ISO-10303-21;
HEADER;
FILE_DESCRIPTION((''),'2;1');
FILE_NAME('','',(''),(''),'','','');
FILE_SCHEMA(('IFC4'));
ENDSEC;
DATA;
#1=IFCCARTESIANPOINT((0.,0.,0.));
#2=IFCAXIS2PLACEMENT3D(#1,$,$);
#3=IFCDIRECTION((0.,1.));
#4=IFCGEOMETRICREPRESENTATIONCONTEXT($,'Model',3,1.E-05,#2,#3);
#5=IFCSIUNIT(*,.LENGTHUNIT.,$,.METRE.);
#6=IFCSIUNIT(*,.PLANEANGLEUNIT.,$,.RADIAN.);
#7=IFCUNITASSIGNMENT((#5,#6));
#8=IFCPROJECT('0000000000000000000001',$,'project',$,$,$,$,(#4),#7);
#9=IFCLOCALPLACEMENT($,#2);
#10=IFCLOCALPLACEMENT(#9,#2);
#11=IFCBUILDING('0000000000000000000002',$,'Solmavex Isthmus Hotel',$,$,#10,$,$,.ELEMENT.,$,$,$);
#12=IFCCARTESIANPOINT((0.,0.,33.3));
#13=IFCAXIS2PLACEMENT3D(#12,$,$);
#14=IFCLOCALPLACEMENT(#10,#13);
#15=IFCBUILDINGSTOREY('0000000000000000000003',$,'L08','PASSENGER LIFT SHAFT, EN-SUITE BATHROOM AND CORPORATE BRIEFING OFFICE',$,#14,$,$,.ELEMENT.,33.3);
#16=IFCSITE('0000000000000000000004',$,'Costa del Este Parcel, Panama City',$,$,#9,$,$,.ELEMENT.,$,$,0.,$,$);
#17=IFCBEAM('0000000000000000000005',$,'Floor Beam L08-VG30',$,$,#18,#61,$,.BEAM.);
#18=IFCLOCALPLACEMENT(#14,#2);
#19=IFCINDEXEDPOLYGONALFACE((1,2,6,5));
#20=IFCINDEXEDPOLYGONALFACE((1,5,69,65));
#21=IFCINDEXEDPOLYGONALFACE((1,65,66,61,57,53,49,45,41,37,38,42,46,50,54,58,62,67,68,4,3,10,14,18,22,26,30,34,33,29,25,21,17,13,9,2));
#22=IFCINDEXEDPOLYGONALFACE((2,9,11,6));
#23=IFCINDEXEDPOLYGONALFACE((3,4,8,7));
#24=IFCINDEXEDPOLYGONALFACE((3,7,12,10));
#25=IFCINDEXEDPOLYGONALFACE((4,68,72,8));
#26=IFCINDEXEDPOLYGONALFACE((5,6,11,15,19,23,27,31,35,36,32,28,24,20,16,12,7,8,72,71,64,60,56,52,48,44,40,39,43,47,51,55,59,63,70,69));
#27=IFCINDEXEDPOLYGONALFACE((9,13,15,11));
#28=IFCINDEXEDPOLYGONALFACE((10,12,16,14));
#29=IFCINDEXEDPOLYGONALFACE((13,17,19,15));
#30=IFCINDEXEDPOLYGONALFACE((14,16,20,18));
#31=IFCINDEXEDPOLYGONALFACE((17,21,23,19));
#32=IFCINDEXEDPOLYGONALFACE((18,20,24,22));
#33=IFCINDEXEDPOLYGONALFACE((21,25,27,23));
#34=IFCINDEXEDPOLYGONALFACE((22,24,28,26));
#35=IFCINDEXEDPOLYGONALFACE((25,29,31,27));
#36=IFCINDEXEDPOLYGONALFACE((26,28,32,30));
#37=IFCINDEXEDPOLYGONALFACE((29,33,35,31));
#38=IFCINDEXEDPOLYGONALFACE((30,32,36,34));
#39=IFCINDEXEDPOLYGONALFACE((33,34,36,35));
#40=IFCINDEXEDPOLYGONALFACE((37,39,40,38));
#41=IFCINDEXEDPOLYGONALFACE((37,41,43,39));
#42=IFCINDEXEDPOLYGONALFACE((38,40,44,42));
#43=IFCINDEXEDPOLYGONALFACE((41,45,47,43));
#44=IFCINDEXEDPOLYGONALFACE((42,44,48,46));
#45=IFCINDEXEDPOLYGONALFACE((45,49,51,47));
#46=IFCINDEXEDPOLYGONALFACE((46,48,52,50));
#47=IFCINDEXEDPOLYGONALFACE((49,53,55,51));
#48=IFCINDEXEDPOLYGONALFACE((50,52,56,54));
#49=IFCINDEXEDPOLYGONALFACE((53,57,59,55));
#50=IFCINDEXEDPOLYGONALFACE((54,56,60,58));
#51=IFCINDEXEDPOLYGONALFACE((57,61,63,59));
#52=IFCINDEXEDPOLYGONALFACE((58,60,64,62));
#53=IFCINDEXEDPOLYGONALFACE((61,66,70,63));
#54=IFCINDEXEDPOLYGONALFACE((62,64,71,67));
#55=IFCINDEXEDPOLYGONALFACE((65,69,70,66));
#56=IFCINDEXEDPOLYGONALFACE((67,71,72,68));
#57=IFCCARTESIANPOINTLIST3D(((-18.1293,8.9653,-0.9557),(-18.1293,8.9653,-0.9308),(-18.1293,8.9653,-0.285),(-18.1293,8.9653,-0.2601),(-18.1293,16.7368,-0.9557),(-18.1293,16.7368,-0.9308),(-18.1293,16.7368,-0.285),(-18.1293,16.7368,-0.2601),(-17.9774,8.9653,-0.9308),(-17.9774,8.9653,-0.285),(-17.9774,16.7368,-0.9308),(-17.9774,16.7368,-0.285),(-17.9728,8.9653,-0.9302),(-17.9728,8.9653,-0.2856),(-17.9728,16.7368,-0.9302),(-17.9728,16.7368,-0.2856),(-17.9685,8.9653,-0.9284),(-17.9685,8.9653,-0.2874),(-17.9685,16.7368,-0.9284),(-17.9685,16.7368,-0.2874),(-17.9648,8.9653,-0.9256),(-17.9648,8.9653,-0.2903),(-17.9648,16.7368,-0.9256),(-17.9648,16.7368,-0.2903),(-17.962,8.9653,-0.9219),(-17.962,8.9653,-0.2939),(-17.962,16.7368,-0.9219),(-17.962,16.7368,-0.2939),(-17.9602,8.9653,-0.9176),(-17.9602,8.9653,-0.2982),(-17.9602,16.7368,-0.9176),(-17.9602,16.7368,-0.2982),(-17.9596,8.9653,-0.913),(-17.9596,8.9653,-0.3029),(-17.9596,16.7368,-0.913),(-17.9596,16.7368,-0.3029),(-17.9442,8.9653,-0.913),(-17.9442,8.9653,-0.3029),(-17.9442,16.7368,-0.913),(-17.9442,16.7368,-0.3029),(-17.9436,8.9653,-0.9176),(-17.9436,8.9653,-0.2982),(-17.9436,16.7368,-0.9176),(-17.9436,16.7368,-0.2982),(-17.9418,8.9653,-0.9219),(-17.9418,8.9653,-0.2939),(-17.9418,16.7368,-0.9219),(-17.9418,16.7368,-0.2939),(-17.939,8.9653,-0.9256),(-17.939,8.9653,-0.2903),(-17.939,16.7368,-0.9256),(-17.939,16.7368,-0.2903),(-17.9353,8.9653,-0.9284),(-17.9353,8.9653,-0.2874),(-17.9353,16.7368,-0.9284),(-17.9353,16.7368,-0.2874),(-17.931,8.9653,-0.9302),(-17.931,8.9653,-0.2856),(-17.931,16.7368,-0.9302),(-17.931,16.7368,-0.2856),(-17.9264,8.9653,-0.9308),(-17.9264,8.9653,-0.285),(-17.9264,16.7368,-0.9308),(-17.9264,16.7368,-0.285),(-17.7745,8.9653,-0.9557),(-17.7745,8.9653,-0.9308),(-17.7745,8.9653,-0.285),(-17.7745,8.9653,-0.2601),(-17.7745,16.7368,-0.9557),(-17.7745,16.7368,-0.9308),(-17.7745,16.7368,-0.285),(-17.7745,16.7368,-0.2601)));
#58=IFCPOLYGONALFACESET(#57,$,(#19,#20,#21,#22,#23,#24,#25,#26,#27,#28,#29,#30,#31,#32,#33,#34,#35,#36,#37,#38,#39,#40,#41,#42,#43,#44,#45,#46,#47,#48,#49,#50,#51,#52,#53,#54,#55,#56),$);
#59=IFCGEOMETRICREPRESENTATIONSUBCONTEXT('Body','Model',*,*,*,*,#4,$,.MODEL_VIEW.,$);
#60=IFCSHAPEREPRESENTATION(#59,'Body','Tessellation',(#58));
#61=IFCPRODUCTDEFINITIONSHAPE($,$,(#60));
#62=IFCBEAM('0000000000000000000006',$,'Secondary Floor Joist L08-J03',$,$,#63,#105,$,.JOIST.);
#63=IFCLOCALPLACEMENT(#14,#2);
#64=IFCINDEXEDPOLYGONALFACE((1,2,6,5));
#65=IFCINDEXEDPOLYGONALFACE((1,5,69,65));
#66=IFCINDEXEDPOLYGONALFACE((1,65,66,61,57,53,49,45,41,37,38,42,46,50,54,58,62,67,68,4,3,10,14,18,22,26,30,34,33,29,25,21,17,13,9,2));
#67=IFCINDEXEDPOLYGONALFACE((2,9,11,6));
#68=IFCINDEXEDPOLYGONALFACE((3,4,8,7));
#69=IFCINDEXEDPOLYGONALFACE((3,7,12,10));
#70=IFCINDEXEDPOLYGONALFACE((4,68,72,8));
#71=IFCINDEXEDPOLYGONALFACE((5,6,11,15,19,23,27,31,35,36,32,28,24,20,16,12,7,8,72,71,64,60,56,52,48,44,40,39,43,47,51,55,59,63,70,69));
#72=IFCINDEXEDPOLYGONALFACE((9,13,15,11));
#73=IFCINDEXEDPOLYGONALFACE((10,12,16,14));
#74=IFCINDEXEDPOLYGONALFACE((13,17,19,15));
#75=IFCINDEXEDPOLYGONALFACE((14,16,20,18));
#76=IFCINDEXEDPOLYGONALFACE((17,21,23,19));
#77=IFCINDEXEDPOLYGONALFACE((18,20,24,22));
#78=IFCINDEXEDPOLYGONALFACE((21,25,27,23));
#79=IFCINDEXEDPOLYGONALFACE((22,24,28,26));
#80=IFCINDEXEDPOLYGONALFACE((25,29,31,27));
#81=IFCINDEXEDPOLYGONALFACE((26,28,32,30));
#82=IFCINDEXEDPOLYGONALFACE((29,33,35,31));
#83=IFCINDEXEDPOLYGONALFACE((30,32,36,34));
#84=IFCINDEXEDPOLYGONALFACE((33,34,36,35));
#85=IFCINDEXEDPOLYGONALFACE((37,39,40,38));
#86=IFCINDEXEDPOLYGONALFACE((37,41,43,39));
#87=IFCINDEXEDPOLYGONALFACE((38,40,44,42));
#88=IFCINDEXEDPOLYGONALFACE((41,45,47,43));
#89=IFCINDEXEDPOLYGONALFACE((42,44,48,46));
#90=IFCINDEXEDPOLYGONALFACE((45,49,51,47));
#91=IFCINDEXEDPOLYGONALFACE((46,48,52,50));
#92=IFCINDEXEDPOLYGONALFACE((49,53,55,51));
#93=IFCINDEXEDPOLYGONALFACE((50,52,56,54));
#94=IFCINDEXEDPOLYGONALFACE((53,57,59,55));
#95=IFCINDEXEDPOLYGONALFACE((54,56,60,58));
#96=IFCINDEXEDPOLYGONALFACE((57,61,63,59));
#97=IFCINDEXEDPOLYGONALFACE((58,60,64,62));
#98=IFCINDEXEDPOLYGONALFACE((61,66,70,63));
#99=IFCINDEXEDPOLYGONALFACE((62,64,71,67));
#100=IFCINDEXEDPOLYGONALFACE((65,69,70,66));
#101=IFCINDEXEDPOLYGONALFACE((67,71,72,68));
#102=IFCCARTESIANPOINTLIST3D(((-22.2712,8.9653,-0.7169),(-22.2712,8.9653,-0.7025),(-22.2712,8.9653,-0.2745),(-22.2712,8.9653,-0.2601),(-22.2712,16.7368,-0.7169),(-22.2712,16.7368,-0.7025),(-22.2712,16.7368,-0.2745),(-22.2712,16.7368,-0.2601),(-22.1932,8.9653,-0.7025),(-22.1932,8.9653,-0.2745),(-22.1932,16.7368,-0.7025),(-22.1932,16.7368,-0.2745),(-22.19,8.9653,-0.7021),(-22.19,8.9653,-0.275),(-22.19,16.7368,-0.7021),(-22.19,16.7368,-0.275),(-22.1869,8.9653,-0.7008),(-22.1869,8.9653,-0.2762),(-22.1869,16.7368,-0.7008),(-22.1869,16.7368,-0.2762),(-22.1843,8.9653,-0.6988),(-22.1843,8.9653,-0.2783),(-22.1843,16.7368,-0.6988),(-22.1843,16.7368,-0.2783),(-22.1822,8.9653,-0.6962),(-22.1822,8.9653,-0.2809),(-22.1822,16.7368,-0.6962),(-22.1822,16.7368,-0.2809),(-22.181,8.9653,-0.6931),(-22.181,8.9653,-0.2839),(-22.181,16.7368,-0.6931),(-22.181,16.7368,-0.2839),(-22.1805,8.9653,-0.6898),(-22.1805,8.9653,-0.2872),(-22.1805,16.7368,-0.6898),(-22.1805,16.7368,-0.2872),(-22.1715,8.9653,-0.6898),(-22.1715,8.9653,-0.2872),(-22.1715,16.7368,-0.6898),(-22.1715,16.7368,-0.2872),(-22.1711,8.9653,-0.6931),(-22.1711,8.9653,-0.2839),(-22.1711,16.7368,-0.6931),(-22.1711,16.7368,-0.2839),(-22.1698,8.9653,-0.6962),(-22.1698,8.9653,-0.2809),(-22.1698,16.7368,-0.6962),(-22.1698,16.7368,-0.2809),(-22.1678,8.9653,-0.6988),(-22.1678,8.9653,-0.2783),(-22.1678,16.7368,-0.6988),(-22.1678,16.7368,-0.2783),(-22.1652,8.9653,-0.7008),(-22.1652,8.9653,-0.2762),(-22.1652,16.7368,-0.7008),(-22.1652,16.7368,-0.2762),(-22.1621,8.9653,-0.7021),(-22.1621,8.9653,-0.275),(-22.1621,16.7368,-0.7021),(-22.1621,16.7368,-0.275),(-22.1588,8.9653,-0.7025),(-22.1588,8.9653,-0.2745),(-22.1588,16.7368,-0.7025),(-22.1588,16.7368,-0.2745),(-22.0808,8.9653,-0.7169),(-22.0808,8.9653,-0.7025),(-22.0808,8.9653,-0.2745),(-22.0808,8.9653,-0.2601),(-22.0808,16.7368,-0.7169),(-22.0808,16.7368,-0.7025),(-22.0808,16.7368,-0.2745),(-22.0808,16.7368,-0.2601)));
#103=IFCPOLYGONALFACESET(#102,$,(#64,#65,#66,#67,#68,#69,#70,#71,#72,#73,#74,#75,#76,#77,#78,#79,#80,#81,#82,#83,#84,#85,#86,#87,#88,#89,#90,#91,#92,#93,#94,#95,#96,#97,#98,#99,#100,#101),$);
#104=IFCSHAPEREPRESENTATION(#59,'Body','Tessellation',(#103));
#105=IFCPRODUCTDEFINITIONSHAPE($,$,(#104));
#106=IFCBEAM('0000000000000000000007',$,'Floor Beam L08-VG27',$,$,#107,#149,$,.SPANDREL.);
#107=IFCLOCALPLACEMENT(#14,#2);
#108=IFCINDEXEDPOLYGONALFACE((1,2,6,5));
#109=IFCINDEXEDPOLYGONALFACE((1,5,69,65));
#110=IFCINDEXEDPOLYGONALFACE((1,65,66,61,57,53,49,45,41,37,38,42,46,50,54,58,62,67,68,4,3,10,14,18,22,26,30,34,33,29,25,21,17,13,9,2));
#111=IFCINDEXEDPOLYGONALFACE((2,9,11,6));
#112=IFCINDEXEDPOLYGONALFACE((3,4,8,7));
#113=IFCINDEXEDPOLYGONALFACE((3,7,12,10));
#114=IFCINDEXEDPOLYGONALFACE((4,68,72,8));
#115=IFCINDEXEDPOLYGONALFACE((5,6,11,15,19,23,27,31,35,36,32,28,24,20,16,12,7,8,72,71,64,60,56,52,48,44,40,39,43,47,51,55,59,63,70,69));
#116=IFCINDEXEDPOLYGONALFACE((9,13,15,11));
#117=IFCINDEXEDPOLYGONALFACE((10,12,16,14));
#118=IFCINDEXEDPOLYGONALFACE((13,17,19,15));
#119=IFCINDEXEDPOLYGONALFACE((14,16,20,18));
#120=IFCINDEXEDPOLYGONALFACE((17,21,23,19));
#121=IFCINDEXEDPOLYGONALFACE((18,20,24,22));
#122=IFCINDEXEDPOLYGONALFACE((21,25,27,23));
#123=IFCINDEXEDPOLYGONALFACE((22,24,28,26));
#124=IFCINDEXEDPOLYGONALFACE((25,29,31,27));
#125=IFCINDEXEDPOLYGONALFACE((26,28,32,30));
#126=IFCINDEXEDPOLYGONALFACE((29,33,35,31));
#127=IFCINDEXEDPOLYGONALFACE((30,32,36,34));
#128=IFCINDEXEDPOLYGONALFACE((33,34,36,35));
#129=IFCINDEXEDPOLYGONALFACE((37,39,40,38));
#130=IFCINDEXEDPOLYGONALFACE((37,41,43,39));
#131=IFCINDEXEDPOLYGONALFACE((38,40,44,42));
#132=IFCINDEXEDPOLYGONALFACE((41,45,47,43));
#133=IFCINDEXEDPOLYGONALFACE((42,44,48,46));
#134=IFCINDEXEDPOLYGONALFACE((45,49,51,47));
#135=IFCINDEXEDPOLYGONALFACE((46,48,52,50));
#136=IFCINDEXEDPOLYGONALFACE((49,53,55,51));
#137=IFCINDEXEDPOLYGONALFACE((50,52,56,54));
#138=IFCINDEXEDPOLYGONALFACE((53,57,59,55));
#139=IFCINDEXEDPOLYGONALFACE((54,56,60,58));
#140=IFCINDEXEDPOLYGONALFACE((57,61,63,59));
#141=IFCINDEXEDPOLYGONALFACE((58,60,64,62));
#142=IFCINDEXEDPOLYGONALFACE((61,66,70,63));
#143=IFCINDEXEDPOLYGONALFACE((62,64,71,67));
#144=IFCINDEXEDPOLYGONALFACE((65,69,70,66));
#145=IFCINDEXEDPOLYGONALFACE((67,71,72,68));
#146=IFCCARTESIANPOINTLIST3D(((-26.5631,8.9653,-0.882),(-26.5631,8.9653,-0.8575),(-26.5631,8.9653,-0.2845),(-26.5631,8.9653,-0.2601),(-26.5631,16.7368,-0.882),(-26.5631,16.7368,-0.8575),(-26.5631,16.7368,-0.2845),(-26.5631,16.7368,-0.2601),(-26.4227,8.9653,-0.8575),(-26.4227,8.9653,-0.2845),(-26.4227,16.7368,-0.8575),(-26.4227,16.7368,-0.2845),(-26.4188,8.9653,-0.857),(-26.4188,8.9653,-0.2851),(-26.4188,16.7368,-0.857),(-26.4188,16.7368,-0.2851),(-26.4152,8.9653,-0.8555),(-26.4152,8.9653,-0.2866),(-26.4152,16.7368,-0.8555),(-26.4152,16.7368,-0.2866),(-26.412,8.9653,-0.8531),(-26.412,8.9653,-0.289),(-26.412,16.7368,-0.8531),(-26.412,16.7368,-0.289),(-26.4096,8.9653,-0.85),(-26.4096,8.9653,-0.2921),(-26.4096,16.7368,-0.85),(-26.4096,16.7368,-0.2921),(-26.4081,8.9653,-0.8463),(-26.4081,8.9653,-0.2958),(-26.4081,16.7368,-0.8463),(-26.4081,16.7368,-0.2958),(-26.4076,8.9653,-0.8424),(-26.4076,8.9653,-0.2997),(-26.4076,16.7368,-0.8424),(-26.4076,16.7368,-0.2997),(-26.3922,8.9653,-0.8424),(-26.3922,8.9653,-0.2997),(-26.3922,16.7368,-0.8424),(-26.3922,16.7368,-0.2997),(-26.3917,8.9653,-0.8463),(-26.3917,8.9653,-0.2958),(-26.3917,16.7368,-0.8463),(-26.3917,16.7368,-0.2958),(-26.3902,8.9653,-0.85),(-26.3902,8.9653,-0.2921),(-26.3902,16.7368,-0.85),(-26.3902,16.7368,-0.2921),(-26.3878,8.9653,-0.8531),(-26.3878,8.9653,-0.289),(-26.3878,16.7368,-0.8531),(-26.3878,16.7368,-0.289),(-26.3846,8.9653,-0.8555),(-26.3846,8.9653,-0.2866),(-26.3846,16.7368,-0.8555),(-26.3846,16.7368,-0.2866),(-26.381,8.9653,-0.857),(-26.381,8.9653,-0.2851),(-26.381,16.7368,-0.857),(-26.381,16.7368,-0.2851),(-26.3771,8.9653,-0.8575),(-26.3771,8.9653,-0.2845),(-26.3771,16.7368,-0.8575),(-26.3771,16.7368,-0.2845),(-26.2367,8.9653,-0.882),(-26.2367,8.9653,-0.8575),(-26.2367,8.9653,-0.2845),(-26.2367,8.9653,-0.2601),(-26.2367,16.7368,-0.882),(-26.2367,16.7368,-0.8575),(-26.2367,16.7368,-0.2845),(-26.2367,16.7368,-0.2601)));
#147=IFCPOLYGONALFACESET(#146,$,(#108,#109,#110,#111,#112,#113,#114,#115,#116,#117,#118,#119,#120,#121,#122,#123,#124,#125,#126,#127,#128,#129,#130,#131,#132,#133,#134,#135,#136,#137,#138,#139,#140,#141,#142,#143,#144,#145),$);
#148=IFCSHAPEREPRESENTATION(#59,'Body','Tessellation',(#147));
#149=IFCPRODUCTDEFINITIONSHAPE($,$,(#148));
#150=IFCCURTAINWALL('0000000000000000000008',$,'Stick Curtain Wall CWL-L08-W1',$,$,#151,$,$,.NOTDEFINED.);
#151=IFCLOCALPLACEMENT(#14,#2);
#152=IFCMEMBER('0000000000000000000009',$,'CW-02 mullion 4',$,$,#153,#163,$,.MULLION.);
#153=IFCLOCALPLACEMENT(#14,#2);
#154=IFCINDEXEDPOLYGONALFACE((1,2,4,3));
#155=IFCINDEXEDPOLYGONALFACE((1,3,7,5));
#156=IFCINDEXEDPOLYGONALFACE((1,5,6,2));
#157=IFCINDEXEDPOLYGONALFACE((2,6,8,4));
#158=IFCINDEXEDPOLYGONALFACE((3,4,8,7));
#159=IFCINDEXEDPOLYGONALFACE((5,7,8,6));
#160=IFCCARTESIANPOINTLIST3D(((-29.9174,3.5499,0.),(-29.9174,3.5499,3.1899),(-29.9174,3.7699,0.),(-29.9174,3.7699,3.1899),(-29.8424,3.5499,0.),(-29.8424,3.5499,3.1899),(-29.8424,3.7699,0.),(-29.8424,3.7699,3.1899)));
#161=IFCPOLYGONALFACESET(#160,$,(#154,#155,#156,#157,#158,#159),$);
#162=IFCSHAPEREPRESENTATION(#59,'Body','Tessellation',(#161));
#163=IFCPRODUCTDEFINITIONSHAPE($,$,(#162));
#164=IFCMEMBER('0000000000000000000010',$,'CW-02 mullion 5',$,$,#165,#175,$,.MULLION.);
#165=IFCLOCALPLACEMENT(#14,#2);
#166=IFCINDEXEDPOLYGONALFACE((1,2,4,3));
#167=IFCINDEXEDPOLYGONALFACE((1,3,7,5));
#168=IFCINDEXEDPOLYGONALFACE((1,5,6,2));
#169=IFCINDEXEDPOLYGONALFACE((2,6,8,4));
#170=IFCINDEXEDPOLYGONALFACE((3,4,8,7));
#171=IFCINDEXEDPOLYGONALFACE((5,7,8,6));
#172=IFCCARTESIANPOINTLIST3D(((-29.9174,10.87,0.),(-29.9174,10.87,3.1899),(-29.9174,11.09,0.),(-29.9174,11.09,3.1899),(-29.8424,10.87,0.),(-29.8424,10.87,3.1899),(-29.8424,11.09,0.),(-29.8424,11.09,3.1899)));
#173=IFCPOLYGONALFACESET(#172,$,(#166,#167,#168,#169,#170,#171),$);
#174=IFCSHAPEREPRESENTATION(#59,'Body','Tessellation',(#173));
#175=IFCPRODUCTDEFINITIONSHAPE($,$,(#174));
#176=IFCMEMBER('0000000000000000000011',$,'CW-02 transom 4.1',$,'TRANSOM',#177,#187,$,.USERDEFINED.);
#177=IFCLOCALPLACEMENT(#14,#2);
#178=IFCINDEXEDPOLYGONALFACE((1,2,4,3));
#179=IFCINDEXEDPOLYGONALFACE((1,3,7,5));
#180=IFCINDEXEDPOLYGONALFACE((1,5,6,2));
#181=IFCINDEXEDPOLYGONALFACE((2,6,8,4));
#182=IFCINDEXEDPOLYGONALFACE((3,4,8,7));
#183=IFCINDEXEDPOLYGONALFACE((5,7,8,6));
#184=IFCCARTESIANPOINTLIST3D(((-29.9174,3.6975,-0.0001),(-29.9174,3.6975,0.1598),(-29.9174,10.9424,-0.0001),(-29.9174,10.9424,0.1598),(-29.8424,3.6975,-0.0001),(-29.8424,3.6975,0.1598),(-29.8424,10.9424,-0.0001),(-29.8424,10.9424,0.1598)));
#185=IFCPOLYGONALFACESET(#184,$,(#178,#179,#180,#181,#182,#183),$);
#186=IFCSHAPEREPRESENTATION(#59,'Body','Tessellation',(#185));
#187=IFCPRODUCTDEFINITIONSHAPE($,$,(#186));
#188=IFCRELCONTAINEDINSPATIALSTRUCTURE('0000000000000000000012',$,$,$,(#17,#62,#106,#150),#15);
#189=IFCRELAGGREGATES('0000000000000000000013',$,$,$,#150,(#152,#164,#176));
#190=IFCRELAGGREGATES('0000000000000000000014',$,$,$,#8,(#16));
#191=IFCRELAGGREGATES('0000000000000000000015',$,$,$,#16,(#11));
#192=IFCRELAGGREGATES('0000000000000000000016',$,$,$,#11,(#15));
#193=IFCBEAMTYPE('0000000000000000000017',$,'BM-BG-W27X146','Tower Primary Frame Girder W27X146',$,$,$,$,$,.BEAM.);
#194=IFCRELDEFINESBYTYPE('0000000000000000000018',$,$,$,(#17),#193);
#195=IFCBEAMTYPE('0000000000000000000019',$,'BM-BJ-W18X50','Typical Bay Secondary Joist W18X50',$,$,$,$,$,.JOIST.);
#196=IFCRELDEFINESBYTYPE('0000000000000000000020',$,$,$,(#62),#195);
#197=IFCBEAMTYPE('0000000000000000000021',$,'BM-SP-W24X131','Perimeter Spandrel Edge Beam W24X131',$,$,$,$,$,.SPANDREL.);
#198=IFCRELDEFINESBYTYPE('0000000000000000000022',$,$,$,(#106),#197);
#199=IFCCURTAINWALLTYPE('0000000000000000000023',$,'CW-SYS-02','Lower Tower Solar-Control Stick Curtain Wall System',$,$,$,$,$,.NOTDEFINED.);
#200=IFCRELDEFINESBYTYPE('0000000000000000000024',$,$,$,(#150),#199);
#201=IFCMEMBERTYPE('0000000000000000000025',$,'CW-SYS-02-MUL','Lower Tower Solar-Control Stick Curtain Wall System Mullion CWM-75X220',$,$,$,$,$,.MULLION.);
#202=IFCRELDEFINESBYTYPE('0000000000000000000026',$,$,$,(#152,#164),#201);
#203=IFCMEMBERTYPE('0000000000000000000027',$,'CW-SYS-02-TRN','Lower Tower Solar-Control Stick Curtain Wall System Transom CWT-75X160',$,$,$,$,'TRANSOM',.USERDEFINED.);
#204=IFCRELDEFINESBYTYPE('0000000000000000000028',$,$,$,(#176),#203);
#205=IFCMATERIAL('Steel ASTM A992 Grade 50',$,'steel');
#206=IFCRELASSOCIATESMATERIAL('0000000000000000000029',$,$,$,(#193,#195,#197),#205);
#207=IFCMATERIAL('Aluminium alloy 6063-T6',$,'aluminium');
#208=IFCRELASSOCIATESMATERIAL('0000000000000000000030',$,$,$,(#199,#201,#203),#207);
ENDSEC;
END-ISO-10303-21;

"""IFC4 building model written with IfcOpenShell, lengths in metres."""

from ifc_helpers import new_model, si_unit, direction, frame, origin, origin_2d, place, context, subcontext, project, spatial, rectangle, i_section, extrude, material, material_profile, profile_set, type_object, element, aggregate, save


model = new_model("IFC4")

# Units and contexts
model_context = context("Model", 3, precision=1e-05, world=origin(), true_north=direction((0.0, 1.0)))
body_context = subcontext(model_context, "Body", "Model", "MODEL_VIEW")
ifc_project = project(units=[si_unit("LENGTHUNIT", "METRE"), si_unit("PLANEANGLEUNIT", "RADIAN")], contexts=[model_context])

# Site, building, storey
site_placement = place(None, origin())
site = spatial("IfcSite", under=ifc_project, at=site_placement, Name="Costa del Este Parcel, Panama City", CompositionType="ELEMENT", RefElevation=0.0)
building_placement = place(site_placement, origin())
building = spatial("IfcBuilding", under=site, at=building_placement, Name="Solmavex Isthmus Hotel", CompositionType="ELEMENT")
storey_placement = place(building_placement, frame((0.0, 0.0, 33.3)))
storey = spatial("IfcBuildingStorey", under=building, at=storey_placement, Name="L08", Description="PASSENGER LIFT SHAFT, EN-SUITE BATHROOM AND CORPORATE BRIEFING OFFICE", CompositionType="ELEMENT", Elevation=33.3)

# Beams
ifc_material_1 = material(Name="Steel ASTM A992 Grade 50", Category="steel")
ifc_material_profile_1 = material_profile(ifc_material_1, i_section(OverallWidth=0.3547, OverallDepth=0.6956, WebThickness=0.0154, FlangeThickness=0.0249, FilletRadius=0.0178, at=origin_2d()), Name="W27X146")
ifc_profile_set_1 = profile_set([ifc_material_profile_1], Name="Steel ASTM A992 Grade 50")
beam_type_1 = type_object("IfcBeamType", Name="BM-BG-W27X146", Description="Tower Primary Frame Girder W27X146", PredefinedType="BEAM", material=ifc_profile_set_1)
beam_1_placement = place(storey_placement, frame((-17.9519, 8.9653, -0.6079), z_axis=(0.0, 1.0, 0.0), x_axis=(-1.0, 0.0, 0.0)))
element("IfcBeam", 1, at=beam_1_placement, inside=storey, type_object=beam_type_1, Name="Floor Beam L08-VG30", PredefinedType="BEAM", context=body_context, shape_type="SweptSolid", body=[
    extrude(i_section(OverallWidth=0.3547, OverallDepth=0.6956, WebThickness=0.0154, FlangeThickness=0.0249, FilletRadius=0.0178, at=origin_2d()), origin(), (0.0, 0.0, 1.0), 7.7715),
])
ifc_material_profile_2 = material_profile(ifc_material_1, i_section(OverallWidth=0.1904, OverallDepth=0.4568, WebThickness=0.009, FlangeThickness=0.0144, FilletRadius=0.0127, at=origin_2d()), Name="W18X50")
ifc_profile_set_2 = profile_set([ifc_material_profile_2], Name="Steel ASTM A992 Grade 50")
beam_type_2 = type_object("IfcBeamType", Name="BM-BJ-W18X50", Description="Typical Bay Secondary Joist W18X50", PredefinedType="JOIST", material=ifc_profile_set_2)
beam_2_placement = place(storey_placement, frame((-22.176, 8.9653, -0.4885), z_axis=(0.0, 1.0, 0.0), x_axis=(-1.0, 0.0, 0.0)))
element("IfcBeam", 2, at=beam_2_placement, inside=storey, type_object=beam_type_2, Name="Secondary Floor Joist L08-J03", PredefinedType="JOIST", context=body_context, shape_type="SweptSolid", body=[
    extrude(i_section(OverallWidth=0.1904, OverallDepth=0.4568, WebThickness=0.009, FlangeThickness=0.0144, FilletRadius=0.0127, at=origin_2d()), origin(), (0.0, 0.0, 1.0), 7.7715),
])
ifc_material_profile_3 = material_profile(ifc_material_1, i_section(OverallWidth=0.3264, OverallDepth=0.6218, WebThickness=0.0154, FlangeThickness=0.0244, FilletRadius=0.0151, at=origin_2d()), Name="W24X131")
ifc_profile_set_3 = profile_set([ifc_material_profile_3], Name="Steel ASTM A992 Grade 50")
beam_type_3 = type_object("IfcBeamType", Name="BM-SP-W24X131", Description="Perimeter Spandrel Edge Beam W24X131", PredefinedType="SPANDREL", material=ifc_profile_set_3)
beam_3_placement = place(storey_placement, frame((-26.3999, 8.9653, -0.571), z_axis=(0.0, 1.0, 0.0), x_axis=(-1.0, 0.0, 0.0)))
element("IfcBeam", 3, at=beam_3_placement, inside=storey, type_object=beam_type_3, Name="Floor Beam L08-VG27", PredefinedType="SPANDREL", context=body_context, shape_type="SweptSolid", body=[
    extrude(i_section(OverallWidth=0.3264, OverallDepth=0.6218, WebThickness=0.0154, FlangeThickness=0.0244, FilletRadius=0.0151, at=origin_2d()), origin(), (0.0, 0.0, 1.0), 7.7715),
])

# Curtain wall, members
ifc_material_2 = material(Name="Aluminium alloy 6063-T6", Category="aluminium")
curtain_wall_type = type_object("IfcCurtainWallType", Name="CW-SYS-02", Description="Lower Tower Solar-Control Stick Curtain Wall System", PredefinedType="NOTDEFINED", material=ifc_material_2)
curtain_wall_placement = place(storey_placement, origin())
curtain_wall = element("IfcCurtainWall", 4, at=curtain_wall_placement, inside=storey, type_object=curtain_wall_type, Name="Stick Curtain Wall CWL-L08-W1", PredefinedType="NOTDEFINED")
ifc_material_profile_4 = material_profile(ifc_material_2, rectangle(XDim=0.075, YDim=0.22, at=origin_2d()), Name="CWM-75X220")
ifc_profile_set_4 = profile_set([ifc_material_profile_4], Name="Aluminium alloy 6063-T6")
member_type_1 = type_object("IfcMemberType", Name="CW-SYS-02-MUL", Description="Lower Tower Solar-Control Stick Curtain Wall System Mullion CWM-75X220", PredefinedType="MULLION", material=ifc_profile_set_4)
member_1_placement = place(storey_placement, frame((-29.8799, 3.6599, 0.0), z_axis=(0.0, 0.0, 1.0), x_axis=(-1.0, 0.0, 0.0)))
member_1 = element("IfcMember", 5, at=member_1_placement, type_object=member_type_1, Name="CW-02 mullion 4", PredefinedType="MULLION", context=body_context, shape_type="SweptSolid", body=[
    extrude(rectangle(XDim=0.075, YDim=0.22, at=origin_2d()), origin(), (0.0, 0.0, 1.0), 3.1899),
])
member_2_placement = place(storey_placement, frame((-29.8799, 10.98, 0.0), z_axis=(0.0, 0.0, 1.0), x_axis=(-1.0, 0.0, 0.0)))
member_2 = element("IfcMember", 6, at=member_2_placement, type_object=member_type_1, Name="CW-02 mullion 5", PredefinedType="MULLION", context=body_context, shape_type="SweptSolid", body=[
    extrude(rectangle(XDim=0.075, YDim=0.22, at=origin_2d()), origin(), (0.0, 0.0, 1.0), 3.1899),
])
ifc_material_profile_5 = material_profile(ifc_material_2, rectangle(XDim=0.075, YDim=0.1599, at=origin_2d()), Name="CWT-75X160")
ifc_profile_set_5 = profile_set([ifc_material_profile_5], Name="Aluminium alloy 6063-T6")
member_type_2 = type_object("IfcMemberType", Name="CW-SYS-02-TRN", Description="Lower Tower Solar-Control Stick Curtain Wall System Transom CWT-75X160", ElementType="TRANSOM", PredefinedType="USERDEFINED", material=ifc_profile_set_5)
member_3_placement = place(storey_placement, frame((-29.8799, 3.6975, 0.0798), z_axis=(0.0, 1.0, 0.0), x_axis=(-1.0, 0.0, 0.0)))
member_3 = element("IfcMember", 7, at=member_3_placement, type_object=member_type_2, Name="CW-02 transom 4.1", ObjectType="TRANSOM", PredefinedType="USERDEFINED", context=body_context, shape_type="SweptSolid", body=[
    extrude(rectangle(XDim=0.075, YDim=0.1599, at=origin_2d()), origin(), (0.0, 0.0, 1.0), 7.2449),
])
aggregate(curtain_wall, [member_1, member_2, member_3])

save(model, "model.ifc")
